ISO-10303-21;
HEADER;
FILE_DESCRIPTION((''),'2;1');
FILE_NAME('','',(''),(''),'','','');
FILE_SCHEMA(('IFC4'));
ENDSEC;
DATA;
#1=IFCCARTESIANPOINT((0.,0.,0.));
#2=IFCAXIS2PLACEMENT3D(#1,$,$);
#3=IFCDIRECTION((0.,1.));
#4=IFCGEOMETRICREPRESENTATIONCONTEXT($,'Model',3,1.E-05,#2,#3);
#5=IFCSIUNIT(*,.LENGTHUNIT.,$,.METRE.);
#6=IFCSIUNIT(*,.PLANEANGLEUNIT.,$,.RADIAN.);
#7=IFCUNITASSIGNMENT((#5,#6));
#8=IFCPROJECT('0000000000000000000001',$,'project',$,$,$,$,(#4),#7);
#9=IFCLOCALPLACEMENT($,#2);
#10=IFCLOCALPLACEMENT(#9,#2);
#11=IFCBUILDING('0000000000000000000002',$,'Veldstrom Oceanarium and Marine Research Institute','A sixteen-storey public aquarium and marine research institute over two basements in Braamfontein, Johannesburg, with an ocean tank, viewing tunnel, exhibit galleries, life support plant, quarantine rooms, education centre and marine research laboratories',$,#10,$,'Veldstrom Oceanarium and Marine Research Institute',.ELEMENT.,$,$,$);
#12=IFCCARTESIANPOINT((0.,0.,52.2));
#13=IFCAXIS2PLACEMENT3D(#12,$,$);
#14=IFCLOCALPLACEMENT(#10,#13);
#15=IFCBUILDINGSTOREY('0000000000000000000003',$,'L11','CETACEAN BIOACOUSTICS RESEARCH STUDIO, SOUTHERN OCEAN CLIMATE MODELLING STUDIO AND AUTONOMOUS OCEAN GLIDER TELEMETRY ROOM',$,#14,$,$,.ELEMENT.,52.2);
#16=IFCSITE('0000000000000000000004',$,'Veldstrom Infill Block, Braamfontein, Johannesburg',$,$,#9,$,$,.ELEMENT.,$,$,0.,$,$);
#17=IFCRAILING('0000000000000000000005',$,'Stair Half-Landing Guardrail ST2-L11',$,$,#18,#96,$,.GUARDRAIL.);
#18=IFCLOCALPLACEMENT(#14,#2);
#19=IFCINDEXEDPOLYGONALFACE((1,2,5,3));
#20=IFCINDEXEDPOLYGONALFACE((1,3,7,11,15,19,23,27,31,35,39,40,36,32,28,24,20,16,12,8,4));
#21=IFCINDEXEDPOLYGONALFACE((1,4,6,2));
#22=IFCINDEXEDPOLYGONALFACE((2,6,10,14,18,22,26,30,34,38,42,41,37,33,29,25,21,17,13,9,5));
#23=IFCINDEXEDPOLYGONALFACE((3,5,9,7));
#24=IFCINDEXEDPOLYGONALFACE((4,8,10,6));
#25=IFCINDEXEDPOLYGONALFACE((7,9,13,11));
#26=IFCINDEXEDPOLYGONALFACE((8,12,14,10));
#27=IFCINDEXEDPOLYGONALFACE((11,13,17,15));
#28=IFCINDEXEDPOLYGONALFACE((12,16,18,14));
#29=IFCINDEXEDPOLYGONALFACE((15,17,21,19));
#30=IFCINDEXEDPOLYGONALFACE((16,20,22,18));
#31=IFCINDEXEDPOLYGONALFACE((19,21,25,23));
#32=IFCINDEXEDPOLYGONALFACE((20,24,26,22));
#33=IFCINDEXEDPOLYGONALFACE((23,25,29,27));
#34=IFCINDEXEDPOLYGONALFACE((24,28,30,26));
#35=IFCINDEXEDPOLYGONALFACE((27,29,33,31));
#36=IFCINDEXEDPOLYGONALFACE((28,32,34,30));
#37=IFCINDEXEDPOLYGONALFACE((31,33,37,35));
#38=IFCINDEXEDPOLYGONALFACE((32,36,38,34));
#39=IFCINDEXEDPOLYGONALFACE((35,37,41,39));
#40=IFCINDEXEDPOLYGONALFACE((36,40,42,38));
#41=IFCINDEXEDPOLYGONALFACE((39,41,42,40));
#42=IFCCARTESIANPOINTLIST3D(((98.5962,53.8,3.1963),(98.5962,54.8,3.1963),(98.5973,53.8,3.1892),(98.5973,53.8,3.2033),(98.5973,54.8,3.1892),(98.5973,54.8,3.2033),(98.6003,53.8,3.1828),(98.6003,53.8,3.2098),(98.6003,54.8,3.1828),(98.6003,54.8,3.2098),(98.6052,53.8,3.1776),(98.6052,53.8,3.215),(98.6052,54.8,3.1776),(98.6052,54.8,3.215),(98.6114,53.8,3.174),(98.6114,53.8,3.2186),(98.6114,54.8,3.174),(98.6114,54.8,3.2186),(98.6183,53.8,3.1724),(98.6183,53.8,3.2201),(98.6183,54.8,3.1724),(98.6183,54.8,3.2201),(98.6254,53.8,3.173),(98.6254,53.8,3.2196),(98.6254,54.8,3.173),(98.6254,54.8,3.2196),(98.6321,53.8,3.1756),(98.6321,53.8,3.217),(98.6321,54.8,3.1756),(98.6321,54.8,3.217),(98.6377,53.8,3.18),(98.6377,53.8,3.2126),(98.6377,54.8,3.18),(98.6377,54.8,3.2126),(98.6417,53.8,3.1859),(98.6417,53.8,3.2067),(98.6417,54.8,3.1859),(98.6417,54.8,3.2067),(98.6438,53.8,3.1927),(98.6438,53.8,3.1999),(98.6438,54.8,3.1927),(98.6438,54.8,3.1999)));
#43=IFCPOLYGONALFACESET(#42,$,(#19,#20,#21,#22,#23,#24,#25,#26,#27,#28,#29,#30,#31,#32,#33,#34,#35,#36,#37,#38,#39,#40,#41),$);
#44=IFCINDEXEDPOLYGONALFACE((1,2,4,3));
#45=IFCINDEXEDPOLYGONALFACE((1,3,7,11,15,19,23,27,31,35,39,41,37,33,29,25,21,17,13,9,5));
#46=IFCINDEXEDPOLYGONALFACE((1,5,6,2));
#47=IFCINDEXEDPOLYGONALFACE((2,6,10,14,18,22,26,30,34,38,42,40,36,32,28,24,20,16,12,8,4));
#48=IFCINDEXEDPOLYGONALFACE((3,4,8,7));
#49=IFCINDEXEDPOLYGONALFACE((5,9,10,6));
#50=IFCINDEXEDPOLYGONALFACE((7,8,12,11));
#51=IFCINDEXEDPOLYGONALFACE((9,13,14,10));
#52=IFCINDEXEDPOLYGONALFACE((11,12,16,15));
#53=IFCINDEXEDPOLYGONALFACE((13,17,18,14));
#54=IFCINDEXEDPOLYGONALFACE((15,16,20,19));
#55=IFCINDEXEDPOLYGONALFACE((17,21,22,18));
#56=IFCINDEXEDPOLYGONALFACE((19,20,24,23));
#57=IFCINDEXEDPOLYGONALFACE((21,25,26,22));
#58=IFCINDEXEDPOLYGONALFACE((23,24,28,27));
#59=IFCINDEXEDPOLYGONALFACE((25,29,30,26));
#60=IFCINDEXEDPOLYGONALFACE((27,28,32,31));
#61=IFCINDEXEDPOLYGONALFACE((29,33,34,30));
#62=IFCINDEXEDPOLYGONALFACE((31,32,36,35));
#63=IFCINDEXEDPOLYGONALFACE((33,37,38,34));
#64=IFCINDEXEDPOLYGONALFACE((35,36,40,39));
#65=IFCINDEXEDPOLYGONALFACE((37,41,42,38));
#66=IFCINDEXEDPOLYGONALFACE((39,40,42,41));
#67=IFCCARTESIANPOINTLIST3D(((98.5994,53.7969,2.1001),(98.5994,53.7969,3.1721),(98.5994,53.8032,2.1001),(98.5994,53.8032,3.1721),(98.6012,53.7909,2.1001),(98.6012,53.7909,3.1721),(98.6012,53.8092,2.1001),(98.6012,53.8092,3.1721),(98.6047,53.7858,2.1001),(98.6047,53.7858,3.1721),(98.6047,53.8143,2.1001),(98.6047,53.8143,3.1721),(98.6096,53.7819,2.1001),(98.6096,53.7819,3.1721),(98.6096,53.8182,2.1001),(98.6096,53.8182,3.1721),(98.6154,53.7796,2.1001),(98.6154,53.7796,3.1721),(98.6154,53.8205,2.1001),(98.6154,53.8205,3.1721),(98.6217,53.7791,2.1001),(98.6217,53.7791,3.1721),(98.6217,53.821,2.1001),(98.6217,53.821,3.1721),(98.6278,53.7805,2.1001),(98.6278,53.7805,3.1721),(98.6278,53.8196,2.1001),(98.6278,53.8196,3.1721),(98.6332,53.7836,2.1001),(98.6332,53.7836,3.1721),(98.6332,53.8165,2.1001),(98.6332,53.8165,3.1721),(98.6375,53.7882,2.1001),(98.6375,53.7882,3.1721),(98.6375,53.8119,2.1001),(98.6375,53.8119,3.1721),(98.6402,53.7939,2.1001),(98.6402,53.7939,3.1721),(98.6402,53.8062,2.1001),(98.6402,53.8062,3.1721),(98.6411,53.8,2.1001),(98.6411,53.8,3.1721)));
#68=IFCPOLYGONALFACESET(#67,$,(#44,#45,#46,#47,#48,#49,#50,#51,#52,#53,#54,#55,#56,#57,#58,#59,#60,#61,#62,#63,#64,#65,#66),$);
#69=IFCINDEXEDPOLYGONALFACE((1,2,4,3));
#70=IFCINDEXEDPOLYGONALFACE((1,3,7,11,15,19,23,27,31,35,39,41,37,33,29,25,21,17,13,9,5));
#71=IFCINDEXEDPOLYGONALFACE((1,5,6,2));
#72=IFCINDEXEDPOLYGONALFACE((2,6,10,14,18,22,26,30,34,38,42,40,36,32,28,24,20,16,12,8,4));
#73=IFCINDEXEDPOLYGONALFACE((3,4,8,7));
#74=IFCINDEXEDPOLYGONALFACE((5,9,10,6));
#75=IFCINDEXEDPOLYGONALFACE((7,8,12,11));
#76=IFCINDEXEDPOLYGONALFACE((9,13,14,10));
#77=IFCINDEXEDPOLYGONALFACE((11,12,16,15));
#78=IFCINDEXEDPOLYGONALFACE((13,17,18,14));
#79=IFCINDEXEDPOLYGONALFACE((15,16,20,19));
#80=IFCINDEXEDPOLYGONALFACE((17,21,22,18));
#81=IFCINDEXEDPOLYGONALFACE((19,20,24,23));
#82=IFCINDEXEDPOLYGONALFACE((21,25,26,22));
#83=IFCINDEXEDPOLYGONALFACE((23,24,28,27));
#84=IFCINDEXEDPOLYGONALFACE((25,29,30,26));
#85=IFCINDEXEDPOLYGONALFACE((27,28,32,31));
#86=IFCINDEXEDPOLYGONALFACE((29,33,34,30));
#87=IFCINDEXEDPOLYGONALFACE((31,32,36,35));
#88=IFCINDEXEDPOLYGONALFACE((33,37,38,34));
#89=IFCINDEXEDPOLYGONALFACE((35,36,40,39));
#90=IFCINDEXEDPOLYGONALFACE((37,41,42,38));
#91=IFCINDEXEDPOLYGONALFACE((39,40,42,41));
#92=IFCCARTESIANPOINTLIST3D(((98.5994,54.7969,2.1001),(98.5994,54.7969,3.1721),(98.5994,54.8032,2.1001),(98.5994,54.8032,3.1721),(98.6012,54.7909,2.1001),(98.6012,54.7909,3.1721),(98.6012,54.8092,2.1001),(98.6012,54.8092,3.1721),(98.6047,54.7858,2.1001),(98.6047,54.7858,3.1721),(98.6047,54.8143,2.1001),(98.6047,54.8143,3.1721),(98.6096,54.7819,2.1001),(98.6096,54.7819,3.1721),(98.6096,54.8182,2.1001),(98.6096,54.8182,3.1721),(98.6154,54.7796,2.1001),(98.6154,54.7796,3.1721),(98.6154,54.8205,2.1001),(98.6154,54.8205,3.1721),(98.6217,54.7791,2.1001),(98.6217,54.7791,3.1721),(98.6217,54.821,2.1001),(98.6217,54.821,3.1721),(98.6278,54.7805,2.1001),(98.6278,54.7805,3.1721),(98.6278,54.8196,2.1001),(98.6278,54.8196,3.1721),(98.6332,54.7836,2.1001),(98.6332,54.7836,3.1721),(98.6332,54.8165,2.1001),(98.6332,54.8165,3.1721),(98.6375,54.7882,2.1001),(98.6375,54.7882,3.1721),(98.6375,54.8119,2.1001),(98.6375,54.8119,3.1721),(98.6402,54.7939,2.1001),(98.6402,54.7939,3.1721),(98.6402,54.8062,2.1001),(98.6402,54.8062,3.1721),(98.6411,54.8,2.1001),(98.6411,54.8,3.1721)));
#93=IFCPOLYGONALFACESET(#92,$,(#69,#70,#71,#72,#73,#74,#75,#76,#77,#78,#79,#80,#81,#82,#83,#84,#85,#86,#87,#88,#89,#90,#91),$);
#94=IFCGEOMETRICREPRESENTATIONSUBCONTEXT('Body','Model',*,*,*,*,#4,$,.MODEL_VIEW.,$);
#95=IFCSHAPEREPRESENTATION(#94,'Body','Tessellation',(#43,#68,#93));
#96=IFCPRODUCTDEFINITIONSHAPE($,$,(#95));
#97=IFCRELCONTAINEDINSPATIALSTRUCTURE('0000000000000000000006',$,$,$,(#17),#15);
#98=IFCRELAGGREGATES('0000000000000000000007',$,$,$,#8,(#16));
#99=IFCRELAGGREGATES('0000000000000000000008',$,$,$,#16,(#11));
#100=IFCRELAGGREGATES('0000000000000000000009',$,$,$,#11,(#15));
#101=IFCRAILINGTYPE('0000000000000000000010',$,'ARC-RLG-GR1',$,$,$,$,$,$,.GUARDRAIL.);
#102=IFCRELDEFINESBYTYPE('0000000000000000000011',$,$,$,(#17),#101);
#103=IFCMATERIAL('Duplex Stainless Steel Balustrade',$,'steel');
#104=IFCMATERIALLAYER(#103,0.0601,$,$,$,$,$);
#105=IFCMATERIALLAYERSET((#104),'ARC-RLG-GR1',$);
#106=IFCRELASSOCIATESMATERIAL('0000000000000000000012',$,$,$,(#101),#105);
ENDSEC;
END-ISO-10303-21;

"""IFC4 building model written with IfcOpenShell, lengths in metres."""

from ifc_helpers import new_model, si_unit, direction, frame, origin, origin_2d, place, context, subcontext, project, spatial, circle, extrude, material, layer, layer_set, type_object, element, save


model = new_model("IFC4")

# Units and contexts
model_context = context("Model", 3, precision=1e-05, world=origin(), true_north=direction((0.0, 1.0)))
body_context = subcontext(model_context, "Body", "Model", "MODEL_VIEW")
ifc_project = project(units=[si_unit("LENGTHUNIT", "METRE"), si_unit("PLANEANGLEUNIT", "RADIAN")], contexts=[model_context])

# Site, building, storey
site_placement = place(None, origin())
site = spatial("IfcSite", under=ifc_project, at=site_placement, Name="Veldstrom Infill Block, Braamfontein, Johannesburg", CompositionType="ELEMENT", RefElevation=0.0)
building_placement = place(site_placement, origin())
building = spatial("IfcBuilding", under=site, at=building_placement, Name="Veldstrom Oceanarium and Marine Research Institute", Description="A sixteen-storey public aquarium and marine research institute over two basements in Braamfontein, Johannesburg, with an ocean tank, viewing tunnel, exhibit galleries, life support plant, quarantine rooms, education centre and marine research laboratories", LongName="Veldstrom Oceanarium and Marine Research Institute", CompositionType="ELEMENT")
storey_placement = place(building_placement, frame((0.0, 0.0, 52.2)))
storey = spatial("IfcBuildingStorey", under=building, at=storey_placement, Name="L11", Description="CETACEAN BIOACOUSTICS RESEARCH STUDIO, SOUTHERN OCEAN CLIMATE MODELLING STUDIO AND AUTONOMOUS OCEAN GLIDER TELEMETRY ROOM", CompositionType="ELEMENT", Elevation=52.2)

# Railing
ifc_material_1 = material(Name="Duplex Stainless Steel Balustrade", Category="steel")
ifc_layer_1 = layer(ifc_material_1, 0.0601)
ifc_layer_set_1 = layer_set([ifc_layer_1], Name="ARC-RLG-GR1")
railing_type_1 = type_object("IfcRailingType", Name="ARC-RLG-GR1", PredefinedType="GUARDRAIL", material=ifc_layer_set_1)
railing_1_placement = place(storey_placement, frame((98.6201, 53.8, 2.1001)))
element("IfcRailing", 1, at=railing_1_placement, inside=storey, type_object=railing_type_1, Name="Stair Half-Landing Guardrail ST2-L11", PredefinedType="GUARDRAIL", context=body_context, shape_type="SweptSolid", body=[
    extrude(circle(Radius=0.0239, at=origin_2d()), frame((0.0, 0.0, 1.0962), z_axis=(0.0, 1.0, 0.0), x_axis=(-1.0, 0.0, 0.0)), (0.0, 0.0, 1.0), 1.0),
    extrude(circle(Radius=0.021, at=origin_2d()), origin(), (0.0, 0.0, 1.0), 1.072),
    extrude(circle(Radius=0.021, at=origin_2d()), frame((0.0, 1.0, 0.0)), (0.0, 0.0, 1.0), 1.072),
])

save(model, "model.ifc")
